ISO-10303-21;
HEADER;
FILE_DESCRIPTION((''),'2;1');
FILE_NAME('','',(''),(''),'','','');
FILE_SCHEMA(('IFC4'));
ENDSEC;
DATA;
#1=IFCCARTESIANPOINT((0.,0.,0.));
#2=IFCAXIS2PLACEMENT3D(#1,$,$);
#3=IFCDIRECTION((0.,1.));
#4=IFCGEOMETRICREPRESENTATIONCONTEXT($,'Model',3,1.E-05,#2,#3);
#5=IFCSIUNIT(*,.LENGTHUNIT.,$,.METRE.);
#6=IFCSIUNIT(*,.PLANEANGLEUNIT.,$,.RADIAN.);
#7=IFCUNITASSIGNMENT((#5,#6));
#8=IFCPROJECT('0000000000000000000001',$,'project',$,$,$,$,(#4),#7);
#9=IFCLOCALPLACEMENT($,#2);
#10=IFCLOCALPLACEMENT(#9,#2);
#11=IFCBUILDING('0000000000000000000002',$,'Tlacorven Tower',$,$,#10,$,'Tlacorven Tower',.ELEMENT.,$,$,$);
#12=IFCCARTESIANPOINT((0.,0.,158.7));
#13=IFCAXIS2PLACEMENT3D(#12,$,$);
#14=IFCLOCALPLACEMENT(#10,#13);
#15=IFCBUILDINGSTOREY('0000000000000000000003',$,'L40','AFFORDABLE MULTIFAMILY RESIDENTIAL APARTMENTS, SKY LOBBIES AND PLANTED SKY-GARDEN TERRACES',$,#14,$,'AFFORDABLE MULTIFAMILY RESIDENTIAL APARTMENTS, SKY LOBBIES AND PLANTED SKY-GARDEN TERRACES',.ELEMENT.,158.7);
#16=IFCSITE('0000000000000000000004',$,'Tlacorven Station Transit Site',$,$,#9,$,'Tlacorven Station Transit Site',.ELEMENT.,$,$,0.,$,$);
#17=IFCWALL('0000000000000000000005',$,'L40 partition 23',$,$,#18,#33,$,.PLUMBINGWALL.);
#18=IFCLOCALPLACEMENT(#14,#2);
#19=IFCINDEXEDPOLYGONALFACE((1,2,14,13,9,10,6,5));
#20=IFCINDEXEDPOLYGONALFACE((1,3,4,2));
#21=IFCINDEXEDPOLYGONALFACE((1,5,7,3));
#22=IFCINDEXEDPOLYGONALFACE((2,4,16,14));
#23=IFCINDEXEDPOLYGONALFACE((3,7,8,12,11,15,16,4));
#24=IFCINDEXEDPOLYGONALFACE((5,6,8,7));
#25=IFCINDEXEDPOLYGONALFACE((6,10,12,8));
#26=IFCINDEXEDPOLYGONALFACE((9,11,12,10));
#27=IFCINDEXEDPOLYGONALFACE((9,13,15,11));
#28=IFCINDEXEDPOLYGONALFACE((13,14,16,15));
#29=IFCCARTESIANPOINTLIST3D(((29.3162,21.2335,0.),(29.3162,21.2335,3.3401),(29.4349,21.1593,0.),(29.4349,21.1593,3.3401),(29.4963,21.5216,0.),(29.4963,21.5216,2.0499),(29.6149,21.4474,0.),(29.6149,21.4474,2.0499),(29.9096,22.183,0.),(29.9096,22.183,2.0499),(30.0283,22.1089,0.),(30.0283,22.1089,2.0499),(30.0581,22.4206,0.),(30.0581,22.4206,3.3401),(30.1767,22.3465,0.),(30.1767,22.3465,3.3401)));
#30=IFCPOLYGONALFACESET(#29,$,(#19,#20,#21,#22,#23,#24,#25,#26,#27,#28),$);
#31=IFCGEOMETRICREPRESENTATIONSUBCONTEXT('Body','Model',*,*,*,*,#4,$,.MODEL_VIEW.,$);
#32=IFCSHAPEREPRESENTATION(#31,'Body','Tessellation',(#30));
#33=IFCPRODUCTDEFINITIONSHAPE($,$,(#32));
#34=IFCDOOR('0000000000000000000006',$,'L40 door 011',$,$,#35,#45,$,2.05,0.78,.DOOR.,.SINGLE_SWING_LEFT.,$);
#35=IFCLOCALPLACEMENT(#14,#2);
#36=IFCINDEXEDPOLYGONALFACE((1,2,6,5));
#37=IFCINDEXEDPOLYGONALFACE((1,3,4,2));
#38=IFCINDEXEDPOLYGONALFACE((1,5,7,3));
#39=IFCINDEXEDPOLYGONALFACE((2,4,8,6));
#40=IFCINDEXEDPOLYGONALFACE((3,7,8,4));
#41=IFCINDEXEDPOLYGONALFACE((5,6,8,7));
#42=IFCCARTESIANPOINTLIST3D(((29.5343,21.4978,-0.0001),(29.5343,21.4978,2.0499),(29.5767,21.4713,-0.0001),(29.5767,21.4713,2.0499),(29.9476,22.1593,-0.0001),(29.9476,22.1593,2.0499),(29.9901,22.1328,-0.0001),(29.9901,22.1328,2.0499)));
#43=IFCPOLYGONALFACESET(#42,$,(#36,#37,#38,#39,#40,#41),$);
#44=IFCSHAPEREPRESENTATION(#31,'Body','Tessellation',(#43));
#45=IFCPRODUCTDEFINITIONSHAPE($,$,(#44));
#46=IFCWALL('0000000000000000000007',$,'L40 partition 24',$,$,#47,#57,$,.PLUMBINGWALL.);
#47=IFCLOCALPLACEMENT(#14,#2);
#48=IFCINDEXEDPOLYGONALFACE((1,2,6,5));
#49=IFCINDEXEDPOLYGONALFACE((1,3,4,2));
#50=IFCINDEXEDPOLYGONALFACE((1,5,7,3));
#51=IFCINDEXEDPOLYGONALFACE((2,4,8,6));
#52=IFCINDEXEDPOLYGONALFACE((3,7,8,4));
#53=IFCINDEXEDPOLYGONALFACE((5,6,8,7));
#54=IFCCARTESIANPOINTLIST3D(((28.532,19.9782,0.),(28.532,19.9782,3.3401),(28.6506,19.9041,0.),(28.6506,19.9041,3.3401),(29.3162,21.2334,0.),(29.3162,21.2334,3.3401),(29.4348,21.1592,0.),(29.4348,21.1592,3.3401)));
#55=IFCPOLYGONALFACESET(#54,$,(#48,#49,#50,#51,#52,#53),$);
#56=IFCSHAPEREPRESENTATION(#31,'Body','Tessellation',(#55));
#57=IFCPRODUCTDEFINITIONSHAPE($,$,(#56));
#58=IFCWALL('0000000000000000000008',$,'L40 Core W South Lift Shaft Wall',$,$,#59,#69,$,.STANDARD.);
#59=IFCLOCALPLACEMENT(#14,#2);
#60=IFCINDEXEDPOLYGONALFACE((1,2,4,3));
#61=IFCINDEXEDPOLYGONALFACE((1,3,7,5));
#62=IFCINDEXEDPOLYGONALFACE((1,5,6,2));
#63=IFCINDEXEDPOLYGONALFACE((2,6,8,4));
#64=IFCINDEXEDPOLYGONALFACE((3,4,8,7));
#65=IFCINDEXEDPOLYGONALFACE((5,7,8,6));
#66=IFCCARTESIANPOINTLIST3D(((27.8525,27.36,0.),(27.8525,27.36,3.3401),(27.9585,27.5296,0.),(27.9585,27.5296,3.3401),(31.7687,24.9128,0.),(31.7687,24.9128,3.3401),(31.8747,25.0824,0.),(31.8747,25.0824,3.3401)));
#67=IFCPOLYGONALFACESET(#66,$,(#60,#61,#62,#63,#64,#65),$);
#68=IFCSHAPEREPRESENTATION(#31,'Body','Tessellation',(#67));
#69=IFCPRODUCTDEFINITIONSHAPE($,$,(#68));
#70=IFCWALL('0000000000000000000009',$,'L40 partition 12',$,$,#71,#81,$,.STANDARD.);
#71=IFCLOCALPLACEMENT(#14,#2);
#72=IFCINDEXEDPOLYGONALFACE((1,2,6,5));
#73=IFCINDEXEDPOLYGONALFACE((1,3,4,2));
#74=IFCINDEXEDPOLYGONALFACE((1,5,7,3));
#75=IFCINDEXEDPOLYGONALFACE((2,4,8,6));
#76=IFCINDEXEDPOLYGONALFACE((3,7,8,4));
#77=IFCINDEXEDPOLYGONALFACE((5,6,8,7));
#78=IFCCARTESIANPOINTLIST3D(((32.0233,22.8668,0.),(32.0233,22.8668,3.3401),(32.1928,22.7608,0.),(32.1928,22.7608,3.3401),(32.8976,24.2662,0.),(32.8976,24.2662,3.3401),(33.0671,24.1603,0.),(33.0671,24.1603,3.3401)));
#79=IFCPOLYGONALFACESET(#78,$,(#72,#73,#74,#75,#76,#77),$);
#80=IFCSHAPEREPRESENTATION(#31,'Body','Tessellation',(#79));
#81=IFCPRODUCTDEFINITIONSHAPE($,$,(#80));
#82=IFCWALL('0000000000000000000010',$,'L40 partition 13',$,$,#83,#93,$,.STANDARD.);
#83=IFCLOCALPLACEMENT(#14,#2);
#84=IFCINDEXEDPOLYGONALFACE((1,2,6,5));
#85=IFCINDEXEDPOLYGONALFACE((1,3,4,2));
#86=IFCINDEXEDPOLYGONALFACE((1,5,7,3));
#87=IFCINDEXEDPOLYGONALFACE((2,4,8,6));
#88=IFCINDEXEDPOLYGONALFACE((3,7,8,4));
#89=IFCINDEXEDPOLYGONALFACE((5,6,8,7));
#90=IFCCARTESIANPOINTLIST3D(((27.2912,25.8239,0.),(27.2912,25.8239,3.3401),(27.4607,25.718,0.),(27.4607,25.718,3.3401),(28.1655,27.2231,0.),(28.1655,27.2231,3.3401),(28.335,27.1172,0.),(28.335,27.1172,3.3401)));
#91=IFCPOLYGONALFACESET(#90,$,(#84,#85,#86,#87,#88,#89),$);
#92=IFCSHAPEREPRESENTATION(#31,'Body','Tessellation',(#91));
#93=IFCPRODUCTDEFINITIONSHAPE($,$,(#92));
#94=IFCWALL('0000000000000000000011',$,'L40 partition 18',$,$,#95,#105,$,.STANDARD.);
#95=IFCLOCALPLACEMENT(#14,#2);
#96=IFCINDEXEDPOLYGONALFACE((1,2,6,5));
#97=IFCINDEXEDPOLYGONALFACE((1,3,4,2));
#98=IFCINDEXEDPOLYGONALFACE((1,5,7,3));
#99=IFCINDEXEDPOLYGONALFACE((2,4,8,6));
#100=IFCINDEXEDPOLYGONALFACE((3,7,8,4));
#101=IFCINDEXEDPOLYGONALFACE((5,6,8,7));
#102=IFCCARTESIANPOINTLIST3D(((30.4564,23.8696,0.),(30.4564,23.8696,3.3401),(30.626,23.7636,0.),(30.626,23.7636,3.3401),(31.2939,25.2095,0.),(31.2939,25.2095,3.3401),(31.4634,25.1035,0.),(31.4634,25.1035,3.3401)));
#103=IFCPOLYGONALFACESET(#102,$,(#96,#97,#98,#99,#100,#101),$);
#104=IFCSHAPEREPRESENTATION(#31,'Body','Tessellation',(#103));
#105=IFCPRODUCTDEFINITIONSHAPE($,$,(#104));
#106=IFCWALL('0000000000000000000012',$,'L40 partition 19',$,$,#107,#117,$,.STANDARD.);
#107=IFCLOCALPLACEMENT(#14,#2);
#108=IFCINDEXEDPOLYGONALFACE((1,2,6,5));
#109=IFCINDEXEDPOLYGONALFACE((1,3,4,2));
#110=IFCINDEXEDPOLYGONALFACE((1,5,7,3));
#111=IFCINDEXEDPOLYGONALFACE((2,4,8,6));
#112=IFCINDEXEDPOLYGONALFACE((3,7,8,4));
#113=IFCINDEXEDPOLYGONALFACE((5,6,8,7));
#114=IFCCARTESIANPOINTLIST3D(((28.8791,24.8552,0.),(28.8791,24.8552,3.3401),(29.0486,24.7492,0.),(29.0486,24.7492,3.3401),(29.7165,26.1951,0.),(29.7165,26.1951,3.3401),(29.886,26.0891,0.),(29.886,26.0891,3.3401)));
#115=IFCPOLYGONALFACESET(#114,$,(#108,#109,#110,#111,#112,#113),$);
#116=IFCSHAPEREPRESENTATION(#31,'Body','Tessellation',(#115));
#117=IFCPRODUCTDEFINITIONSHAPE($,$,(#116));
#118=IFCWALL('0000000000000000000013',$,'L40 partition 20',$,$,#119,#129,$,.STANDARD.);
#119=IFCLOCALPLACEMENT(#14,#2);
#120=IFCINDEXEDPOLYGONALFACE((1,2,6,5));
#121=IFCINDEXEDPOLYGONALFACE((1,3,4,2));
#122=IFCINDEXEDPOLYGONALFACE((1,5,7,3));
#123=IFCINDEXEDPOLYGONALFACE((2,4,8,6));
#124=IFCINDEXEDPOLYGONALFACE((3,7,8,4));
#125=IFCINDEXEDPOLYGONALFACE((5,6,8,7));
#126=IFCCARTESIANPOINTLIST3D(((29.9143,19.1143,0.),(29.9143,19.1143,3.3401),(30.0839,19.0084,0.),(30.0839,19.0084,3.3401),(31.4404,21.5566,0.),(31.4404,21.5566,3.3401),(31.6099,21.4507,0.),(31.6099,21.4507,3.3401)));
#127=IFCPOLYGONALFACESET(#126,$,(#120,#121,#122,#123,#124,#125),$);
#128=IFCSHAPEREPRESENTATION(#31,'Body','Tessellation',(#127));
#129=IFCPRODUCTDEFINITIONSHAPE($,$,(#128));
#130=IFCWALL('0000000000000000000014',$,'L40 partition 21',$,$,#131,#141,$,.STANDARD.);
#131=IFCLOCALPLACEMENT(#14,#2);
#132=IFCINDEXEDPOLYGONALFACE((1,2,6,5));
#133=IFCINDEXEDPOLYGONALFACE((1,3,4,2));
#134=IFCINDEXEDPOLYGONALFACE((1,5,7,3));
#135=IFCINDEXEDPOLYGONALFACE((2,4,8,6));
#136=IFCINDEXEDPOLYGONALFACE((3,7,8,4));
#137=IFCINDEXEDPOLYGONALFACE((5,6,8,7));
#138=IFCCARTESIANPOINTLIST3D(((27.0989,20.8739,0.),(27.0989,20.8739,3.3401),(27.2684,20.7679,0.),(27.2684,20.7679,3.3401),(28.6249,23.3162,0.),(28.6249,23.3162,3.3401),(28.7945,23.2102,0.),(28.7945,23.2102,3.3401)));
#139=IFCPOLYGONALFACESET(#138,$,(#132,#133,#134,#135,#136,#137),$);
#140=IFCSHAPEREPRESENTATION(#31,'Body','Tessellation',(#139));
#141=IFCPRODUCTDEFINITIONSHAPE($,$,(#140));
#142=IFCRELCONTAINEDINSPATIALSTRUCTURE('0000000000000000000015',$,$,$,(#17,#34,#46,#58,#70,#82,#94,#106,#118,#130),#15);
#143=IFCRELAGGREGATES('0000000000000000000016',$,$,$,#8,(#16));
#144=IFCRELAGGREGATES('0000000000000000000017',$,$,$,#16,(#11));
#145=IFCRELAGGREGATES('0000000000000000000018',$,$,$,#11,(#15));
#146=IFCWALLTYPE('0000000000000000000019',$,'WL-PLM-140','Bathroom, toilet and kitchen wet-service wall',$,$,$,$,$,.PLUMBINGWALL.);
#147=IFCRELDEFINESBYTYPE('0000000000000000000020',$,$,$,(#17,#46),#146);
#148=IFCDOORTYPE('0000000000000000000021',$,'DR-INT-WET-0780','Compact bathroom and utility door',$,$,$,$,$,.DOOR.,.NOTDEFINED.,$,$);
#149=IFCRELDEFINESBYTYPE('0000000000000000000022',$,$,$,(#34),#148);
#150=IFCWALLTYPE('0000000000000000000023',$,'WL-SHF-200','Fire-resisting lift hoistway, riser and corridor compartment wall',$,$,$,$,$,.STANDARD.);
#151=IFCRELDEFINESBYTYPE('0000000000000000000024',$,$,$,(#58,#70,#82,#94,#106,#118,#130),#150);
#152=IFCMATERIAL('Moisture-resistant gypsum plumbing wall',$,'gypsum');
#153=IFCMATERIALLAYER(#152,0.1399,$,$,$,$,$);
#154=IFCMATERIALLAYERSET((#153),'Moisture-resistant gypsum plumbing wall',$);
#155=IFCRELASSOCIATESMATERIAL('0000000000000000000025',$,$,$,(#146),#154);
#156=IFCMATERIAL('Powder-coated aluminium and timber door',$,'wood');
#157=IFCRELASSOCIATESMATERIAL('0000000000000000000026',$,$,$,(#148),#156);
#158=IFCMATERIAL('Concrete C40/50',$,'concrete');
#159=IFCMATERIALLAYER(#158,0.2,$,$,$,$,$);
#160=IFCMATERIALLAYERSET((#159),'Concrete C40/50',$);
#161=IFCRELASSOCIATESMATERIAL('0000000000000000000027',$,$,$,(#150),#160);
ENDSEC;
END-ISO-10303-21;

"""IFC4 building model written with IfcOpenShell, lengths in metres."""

from ifc_helpers import new_model, si_unit, direction, frame, frame_2d, origin, place, context, subcontext, project, spatial, rectangle, extrude, source, transform, mapped, material, layer, layer_set, type_object, element, fill, save


model = new_model("IFC4")

# Units and contexts
model_context = context("Model", 3, precision=1e-05, world=origin(), true_north=direction((0.0, 1.0)))
body_context = subcontext(model_context, "Body", "Model", "MODEL_VIEW")
ifc_project = project(units=[si_unit("LENGTHUNIT", "METRE"), si_unit("PLANEANGLEUNIT", "RADIAN")], contexts=[model_context])

# Site, building, storey
site_placement = place(None, origin())
site = spatial("IfcSite", under=ifc_project, at=site_placement, Name="Tlacorven Station Transit Site", LongName="Tlacorven Station Transit Site", CompositionType="ELEMENT", RefElevation=0.0)
building_placement = place(site_placement, origin())
building = spatial("IfcBuilding", under=site, at=building_placement, Name="Tlacorven Tower", LongName="Tlacorven Tower", CompositionType="ELEMENT")
storey_placement = place(building_placement, frame((0.0, 0.0, 158.7)))
storey = spatial("IfcBuildingStorey", under=building, at=storey_placement, Name="L40", Description="AFFORDABLE MULTIFAMILY RESIDENTIAL APARTMENTS, SKY LOBBIES AND PLANTED SKY-GARDEN TERRACES", LongName="AFFORDABLE MULTIFAMILY RESIDENTIAL APARTMENTS, SKY LOBBIES AND PLANTED SKY-GARDEN TERRACES", CompositionType="ELEMENT", Elevation=158.7)

# Wall, opening, door
ifc_material_1 = material(Name="Moisture-resistant gypsum plumbing wall", Category="gypsum")
ifc_layer_1 = layer(ifc_material_1, 0.1399)
ifc_layer_set_1 = layer_set([ifc_layer_1], Name="Moisture-resistant gypsum plumbing wall")
wall_type_1 = type_object("IfcWallType", Name="WL-PLM-140", Description="Bathroom, toilet and kitchen wet-service wall", PredefinedType="PLUMBINGWALL", material=ifc_layer_set_1)
wall_1_placement = place(storey_placement, frame((30.1174, 22.3835, 0.0), z_axis=(0.0, 0.0, 1.0), x_axis=(-0.529952, -0.848028, 0.0)))
wall_1 = element("IfcWall", 1, at=wall_1_placement, inside=storey, type_object=wall_type_1, Name="L40 partition 23", PredefinedType="PLUMBINGWALL", context=body_context, shape_type="SweptSolid", body=[
    extrude(rectangle(XDim=1.3999, YDim=0.1399, at=frame_2d((0.7, 0.0))), origin(), (0.0, 0.0, 1.0), 3.3401),
])
opening_1_placement = place(wall_1_placement, frame((0.28, 0.0, 0.0)))
opening_1 = element("IfcOpeningElement", 2, at=opening_1_placement, cuts=wall_1, PredefinedType="OPENING", context=body_context, shape_type="SweptSolid", body=[
    extrude(rectangle(XDim=0.78, YDim=2.05, at=frame_2d((0.3901, 1.0249))), frame((0.0, 0.0801, 0.0), z_axis=(0.0, -1.0, 0.0), x_axis=(1.0, 0.0, 0.0)), (0.0, 0.0, 1.0), 0.1599),
])
ifc_material_2 = material(Name="Powder-coated aluminium and timber door", Category="wood")
door_type_1 = type_object("IfcDoorType", Name="DR-INT-WET-0780", Description="Compact bathroom and utility door", OperationType="NOTDEFINED", PredefinedType="DOOR", material=ifc_material_2)
shared_shape_1 = source(origin(), body_context, "Body", "SweptSolid", [
    extrude(rectangle(XDim=0.78, YDim=2.05, at=frame_2d((0.3901, 1.0249))), frame((0.0, 0.0249, 0.0), z_axis=(0.0, -1.0, 0.0), x_axis=(1.0, 0.0, 0.0)), (0.0, 0.0, 1.0), 0.05),
])
door_1_placement = place(opening_1_placement, origin())
door_1 = element("IfcDoor", 3, at=door_1_placement, inside=storey, type_object=door_type_1, Name="L40 door 011", OperationType="SINGLE_SWING_LEFT", OverallHeight=2.05, OverallWidth=0.78, PredefinedType="DOOR", context=body_context, shape_type="MappedRepresentation", body=[
    mapped(shared_shape_1, transform((0.0, 0.0, 0.0), scale=1.0)),
])
fill(opening_1, door_1)

# Walls
wall_2_placement = place(storey_placement, frame((29.3755, 21.1963, 0.0), z_axis=(0.0, 0.0, 1.0), x_axis=(-0.529865, -0.848082, 0.0)))
element("IfcWall", 4, at=wall_2_placement, inside=storey, type_object=wall_type_1, Name="L40 partition 24", PredefinedType="PLUMBINGWALL", context=body_context, shape_type="SweptSolid", body=[
    extrude(rectangle(XDim=1.48, YDim=0.1399, at=frame_2d((0.74, 0.0))), origin(), (0.0, 0.0, 1.0), 3.3401),
])
ifc_material_3 = material(Name="Concrete C40/50", Category="concrete")
ifc_layer_2 = layer(ifc_material_3, 0.2)
ifc_layer_set_2 = layer_set([ifc_layer_2], Name="Concrete C40/50")
wall_type_2 = type_object("IfcWallType", Name="WL-SHF-200", Description="Fire-resisting lift hoistway, riser and corridor compartment wall", PredefinedType="STANDARD", material=ifc_layer_set_2)
wall_3_placement = place(storey_placement, frame((31.8218, 24.9976, 0.0), z_axis=(0.0, 0.0, 1.0), x_axis=(-0.848037, 0.529937, 0.0)))
element("IfcWall", 5, at=wall_3_placement, inside=storey, type_object=wall_type_2, Name="L40 Core W South Lift Shaft Wall", PredefinedType="STANDARD", context=body_context, shape_type="SweptSolid", body=[
    extrude(rectangle(XDim=4.6179, YDim=0.2, at=frame_2d((2.3091, 0.0))), origin(), (0.0, 0.0, 1.0), 3.3401),
])

# Walls
wall_4_placement = place(storey_placement, frame((32.9824, 24.2134, 0.0), z_axis=(0.0, 0.0, 1.0), x_axis=(-0.529839, -0.848098, 0.0)))
element("IfcWall", 6, at=wall_4_placement, inside=storey, type_object=wall_type_2, Name="L40 partition 12", PredefinedType="STANDARD", context=body_context, shape_type="SweptSolid", body=[
    extrude(rectangle(XDim=1.6501, YDim=0.2, at=frame_2d((0.8252, 0.0))), origin(), (0.0, 0.0, 1.0), 3.3401),
])
wall_5_placement = place(storey_placement, frame((28.2502, 27.1702, 0.0), z_axis=(0.0, 0.0, 1.0), x_axis=(-0.529906, -0.848056, 0.0)))
element("IfcWall", 7, at=wall_5_placement, inside=storey, type_object=wall_type_2, Name="L40 partition 13", PredefinedType="STANDARD", context=body_context, shape_type="SweptSolid", body=[
    extrude(rectangle(XDim=1.6499, YDim=0.2, at=frame_2d((0.825, 0.0))), origin(), (0.0, 0.0, 1.0), 3.3401),
])
for number, where, z_axis, x_axis, name in (
    (8, (31.3787, 25.1565, 0.0), (0.0, 0.0, 1.0), (-0.529999, -0.847998, 0.0), "L40 partition 18"),
    (9, (29.8013, 26.1421, 0.0), (0.0, 0.0, 1.0), (-0.529999, -0.847998, 0.0), "L40 partition 19"),
):
    element("IfcWall", number, at=place(storey_placement, frame(where, z_axis=z_axis, x_axis=x_axis)), inside=storey, type_object=wall_type_2, Name=name, PredefinedType="STANDARD", context=body_context, shape_type="SweptSolid", body=[
        extrude(rectangle(XDim=1.5801, YDim=0.2, at=frame_2d((0.79, 0.0))), origin(), (0.0, 0.0, 1.0), 3.3401),
    ])
for number, where, z_axis, x_axis, name in (
    (10, (31.5251, 21.5037, 0.0), (0.0, 0.0, 1.0), (-0.529907, -0.848055, 0.0), "L40 partition 20"),
    (11, (28.7097, 23.2632, 0.0), (0.0, 0.0, 1.0), (-0.529907, -0.848055, 0.0), "L40 partition 21"),
):
    element("IfcWall", number, at=place(storey_placement, frame(where, z_axis=z_axis, x_axis=x_axis)), inside=storey, type_object=wall_type_2, Name=name, PredefinedType="STANDARD", context=body_context, shape_type="SweptSolid", body=[
        extrude(rectangle(XDim=2.8799, YDim=0.2, at=frame_2d((1.4399, 0.0))), origin(), (0.0, 0.0, 1.0), 3.3401),
    ])

save(model, "model.ifc")
